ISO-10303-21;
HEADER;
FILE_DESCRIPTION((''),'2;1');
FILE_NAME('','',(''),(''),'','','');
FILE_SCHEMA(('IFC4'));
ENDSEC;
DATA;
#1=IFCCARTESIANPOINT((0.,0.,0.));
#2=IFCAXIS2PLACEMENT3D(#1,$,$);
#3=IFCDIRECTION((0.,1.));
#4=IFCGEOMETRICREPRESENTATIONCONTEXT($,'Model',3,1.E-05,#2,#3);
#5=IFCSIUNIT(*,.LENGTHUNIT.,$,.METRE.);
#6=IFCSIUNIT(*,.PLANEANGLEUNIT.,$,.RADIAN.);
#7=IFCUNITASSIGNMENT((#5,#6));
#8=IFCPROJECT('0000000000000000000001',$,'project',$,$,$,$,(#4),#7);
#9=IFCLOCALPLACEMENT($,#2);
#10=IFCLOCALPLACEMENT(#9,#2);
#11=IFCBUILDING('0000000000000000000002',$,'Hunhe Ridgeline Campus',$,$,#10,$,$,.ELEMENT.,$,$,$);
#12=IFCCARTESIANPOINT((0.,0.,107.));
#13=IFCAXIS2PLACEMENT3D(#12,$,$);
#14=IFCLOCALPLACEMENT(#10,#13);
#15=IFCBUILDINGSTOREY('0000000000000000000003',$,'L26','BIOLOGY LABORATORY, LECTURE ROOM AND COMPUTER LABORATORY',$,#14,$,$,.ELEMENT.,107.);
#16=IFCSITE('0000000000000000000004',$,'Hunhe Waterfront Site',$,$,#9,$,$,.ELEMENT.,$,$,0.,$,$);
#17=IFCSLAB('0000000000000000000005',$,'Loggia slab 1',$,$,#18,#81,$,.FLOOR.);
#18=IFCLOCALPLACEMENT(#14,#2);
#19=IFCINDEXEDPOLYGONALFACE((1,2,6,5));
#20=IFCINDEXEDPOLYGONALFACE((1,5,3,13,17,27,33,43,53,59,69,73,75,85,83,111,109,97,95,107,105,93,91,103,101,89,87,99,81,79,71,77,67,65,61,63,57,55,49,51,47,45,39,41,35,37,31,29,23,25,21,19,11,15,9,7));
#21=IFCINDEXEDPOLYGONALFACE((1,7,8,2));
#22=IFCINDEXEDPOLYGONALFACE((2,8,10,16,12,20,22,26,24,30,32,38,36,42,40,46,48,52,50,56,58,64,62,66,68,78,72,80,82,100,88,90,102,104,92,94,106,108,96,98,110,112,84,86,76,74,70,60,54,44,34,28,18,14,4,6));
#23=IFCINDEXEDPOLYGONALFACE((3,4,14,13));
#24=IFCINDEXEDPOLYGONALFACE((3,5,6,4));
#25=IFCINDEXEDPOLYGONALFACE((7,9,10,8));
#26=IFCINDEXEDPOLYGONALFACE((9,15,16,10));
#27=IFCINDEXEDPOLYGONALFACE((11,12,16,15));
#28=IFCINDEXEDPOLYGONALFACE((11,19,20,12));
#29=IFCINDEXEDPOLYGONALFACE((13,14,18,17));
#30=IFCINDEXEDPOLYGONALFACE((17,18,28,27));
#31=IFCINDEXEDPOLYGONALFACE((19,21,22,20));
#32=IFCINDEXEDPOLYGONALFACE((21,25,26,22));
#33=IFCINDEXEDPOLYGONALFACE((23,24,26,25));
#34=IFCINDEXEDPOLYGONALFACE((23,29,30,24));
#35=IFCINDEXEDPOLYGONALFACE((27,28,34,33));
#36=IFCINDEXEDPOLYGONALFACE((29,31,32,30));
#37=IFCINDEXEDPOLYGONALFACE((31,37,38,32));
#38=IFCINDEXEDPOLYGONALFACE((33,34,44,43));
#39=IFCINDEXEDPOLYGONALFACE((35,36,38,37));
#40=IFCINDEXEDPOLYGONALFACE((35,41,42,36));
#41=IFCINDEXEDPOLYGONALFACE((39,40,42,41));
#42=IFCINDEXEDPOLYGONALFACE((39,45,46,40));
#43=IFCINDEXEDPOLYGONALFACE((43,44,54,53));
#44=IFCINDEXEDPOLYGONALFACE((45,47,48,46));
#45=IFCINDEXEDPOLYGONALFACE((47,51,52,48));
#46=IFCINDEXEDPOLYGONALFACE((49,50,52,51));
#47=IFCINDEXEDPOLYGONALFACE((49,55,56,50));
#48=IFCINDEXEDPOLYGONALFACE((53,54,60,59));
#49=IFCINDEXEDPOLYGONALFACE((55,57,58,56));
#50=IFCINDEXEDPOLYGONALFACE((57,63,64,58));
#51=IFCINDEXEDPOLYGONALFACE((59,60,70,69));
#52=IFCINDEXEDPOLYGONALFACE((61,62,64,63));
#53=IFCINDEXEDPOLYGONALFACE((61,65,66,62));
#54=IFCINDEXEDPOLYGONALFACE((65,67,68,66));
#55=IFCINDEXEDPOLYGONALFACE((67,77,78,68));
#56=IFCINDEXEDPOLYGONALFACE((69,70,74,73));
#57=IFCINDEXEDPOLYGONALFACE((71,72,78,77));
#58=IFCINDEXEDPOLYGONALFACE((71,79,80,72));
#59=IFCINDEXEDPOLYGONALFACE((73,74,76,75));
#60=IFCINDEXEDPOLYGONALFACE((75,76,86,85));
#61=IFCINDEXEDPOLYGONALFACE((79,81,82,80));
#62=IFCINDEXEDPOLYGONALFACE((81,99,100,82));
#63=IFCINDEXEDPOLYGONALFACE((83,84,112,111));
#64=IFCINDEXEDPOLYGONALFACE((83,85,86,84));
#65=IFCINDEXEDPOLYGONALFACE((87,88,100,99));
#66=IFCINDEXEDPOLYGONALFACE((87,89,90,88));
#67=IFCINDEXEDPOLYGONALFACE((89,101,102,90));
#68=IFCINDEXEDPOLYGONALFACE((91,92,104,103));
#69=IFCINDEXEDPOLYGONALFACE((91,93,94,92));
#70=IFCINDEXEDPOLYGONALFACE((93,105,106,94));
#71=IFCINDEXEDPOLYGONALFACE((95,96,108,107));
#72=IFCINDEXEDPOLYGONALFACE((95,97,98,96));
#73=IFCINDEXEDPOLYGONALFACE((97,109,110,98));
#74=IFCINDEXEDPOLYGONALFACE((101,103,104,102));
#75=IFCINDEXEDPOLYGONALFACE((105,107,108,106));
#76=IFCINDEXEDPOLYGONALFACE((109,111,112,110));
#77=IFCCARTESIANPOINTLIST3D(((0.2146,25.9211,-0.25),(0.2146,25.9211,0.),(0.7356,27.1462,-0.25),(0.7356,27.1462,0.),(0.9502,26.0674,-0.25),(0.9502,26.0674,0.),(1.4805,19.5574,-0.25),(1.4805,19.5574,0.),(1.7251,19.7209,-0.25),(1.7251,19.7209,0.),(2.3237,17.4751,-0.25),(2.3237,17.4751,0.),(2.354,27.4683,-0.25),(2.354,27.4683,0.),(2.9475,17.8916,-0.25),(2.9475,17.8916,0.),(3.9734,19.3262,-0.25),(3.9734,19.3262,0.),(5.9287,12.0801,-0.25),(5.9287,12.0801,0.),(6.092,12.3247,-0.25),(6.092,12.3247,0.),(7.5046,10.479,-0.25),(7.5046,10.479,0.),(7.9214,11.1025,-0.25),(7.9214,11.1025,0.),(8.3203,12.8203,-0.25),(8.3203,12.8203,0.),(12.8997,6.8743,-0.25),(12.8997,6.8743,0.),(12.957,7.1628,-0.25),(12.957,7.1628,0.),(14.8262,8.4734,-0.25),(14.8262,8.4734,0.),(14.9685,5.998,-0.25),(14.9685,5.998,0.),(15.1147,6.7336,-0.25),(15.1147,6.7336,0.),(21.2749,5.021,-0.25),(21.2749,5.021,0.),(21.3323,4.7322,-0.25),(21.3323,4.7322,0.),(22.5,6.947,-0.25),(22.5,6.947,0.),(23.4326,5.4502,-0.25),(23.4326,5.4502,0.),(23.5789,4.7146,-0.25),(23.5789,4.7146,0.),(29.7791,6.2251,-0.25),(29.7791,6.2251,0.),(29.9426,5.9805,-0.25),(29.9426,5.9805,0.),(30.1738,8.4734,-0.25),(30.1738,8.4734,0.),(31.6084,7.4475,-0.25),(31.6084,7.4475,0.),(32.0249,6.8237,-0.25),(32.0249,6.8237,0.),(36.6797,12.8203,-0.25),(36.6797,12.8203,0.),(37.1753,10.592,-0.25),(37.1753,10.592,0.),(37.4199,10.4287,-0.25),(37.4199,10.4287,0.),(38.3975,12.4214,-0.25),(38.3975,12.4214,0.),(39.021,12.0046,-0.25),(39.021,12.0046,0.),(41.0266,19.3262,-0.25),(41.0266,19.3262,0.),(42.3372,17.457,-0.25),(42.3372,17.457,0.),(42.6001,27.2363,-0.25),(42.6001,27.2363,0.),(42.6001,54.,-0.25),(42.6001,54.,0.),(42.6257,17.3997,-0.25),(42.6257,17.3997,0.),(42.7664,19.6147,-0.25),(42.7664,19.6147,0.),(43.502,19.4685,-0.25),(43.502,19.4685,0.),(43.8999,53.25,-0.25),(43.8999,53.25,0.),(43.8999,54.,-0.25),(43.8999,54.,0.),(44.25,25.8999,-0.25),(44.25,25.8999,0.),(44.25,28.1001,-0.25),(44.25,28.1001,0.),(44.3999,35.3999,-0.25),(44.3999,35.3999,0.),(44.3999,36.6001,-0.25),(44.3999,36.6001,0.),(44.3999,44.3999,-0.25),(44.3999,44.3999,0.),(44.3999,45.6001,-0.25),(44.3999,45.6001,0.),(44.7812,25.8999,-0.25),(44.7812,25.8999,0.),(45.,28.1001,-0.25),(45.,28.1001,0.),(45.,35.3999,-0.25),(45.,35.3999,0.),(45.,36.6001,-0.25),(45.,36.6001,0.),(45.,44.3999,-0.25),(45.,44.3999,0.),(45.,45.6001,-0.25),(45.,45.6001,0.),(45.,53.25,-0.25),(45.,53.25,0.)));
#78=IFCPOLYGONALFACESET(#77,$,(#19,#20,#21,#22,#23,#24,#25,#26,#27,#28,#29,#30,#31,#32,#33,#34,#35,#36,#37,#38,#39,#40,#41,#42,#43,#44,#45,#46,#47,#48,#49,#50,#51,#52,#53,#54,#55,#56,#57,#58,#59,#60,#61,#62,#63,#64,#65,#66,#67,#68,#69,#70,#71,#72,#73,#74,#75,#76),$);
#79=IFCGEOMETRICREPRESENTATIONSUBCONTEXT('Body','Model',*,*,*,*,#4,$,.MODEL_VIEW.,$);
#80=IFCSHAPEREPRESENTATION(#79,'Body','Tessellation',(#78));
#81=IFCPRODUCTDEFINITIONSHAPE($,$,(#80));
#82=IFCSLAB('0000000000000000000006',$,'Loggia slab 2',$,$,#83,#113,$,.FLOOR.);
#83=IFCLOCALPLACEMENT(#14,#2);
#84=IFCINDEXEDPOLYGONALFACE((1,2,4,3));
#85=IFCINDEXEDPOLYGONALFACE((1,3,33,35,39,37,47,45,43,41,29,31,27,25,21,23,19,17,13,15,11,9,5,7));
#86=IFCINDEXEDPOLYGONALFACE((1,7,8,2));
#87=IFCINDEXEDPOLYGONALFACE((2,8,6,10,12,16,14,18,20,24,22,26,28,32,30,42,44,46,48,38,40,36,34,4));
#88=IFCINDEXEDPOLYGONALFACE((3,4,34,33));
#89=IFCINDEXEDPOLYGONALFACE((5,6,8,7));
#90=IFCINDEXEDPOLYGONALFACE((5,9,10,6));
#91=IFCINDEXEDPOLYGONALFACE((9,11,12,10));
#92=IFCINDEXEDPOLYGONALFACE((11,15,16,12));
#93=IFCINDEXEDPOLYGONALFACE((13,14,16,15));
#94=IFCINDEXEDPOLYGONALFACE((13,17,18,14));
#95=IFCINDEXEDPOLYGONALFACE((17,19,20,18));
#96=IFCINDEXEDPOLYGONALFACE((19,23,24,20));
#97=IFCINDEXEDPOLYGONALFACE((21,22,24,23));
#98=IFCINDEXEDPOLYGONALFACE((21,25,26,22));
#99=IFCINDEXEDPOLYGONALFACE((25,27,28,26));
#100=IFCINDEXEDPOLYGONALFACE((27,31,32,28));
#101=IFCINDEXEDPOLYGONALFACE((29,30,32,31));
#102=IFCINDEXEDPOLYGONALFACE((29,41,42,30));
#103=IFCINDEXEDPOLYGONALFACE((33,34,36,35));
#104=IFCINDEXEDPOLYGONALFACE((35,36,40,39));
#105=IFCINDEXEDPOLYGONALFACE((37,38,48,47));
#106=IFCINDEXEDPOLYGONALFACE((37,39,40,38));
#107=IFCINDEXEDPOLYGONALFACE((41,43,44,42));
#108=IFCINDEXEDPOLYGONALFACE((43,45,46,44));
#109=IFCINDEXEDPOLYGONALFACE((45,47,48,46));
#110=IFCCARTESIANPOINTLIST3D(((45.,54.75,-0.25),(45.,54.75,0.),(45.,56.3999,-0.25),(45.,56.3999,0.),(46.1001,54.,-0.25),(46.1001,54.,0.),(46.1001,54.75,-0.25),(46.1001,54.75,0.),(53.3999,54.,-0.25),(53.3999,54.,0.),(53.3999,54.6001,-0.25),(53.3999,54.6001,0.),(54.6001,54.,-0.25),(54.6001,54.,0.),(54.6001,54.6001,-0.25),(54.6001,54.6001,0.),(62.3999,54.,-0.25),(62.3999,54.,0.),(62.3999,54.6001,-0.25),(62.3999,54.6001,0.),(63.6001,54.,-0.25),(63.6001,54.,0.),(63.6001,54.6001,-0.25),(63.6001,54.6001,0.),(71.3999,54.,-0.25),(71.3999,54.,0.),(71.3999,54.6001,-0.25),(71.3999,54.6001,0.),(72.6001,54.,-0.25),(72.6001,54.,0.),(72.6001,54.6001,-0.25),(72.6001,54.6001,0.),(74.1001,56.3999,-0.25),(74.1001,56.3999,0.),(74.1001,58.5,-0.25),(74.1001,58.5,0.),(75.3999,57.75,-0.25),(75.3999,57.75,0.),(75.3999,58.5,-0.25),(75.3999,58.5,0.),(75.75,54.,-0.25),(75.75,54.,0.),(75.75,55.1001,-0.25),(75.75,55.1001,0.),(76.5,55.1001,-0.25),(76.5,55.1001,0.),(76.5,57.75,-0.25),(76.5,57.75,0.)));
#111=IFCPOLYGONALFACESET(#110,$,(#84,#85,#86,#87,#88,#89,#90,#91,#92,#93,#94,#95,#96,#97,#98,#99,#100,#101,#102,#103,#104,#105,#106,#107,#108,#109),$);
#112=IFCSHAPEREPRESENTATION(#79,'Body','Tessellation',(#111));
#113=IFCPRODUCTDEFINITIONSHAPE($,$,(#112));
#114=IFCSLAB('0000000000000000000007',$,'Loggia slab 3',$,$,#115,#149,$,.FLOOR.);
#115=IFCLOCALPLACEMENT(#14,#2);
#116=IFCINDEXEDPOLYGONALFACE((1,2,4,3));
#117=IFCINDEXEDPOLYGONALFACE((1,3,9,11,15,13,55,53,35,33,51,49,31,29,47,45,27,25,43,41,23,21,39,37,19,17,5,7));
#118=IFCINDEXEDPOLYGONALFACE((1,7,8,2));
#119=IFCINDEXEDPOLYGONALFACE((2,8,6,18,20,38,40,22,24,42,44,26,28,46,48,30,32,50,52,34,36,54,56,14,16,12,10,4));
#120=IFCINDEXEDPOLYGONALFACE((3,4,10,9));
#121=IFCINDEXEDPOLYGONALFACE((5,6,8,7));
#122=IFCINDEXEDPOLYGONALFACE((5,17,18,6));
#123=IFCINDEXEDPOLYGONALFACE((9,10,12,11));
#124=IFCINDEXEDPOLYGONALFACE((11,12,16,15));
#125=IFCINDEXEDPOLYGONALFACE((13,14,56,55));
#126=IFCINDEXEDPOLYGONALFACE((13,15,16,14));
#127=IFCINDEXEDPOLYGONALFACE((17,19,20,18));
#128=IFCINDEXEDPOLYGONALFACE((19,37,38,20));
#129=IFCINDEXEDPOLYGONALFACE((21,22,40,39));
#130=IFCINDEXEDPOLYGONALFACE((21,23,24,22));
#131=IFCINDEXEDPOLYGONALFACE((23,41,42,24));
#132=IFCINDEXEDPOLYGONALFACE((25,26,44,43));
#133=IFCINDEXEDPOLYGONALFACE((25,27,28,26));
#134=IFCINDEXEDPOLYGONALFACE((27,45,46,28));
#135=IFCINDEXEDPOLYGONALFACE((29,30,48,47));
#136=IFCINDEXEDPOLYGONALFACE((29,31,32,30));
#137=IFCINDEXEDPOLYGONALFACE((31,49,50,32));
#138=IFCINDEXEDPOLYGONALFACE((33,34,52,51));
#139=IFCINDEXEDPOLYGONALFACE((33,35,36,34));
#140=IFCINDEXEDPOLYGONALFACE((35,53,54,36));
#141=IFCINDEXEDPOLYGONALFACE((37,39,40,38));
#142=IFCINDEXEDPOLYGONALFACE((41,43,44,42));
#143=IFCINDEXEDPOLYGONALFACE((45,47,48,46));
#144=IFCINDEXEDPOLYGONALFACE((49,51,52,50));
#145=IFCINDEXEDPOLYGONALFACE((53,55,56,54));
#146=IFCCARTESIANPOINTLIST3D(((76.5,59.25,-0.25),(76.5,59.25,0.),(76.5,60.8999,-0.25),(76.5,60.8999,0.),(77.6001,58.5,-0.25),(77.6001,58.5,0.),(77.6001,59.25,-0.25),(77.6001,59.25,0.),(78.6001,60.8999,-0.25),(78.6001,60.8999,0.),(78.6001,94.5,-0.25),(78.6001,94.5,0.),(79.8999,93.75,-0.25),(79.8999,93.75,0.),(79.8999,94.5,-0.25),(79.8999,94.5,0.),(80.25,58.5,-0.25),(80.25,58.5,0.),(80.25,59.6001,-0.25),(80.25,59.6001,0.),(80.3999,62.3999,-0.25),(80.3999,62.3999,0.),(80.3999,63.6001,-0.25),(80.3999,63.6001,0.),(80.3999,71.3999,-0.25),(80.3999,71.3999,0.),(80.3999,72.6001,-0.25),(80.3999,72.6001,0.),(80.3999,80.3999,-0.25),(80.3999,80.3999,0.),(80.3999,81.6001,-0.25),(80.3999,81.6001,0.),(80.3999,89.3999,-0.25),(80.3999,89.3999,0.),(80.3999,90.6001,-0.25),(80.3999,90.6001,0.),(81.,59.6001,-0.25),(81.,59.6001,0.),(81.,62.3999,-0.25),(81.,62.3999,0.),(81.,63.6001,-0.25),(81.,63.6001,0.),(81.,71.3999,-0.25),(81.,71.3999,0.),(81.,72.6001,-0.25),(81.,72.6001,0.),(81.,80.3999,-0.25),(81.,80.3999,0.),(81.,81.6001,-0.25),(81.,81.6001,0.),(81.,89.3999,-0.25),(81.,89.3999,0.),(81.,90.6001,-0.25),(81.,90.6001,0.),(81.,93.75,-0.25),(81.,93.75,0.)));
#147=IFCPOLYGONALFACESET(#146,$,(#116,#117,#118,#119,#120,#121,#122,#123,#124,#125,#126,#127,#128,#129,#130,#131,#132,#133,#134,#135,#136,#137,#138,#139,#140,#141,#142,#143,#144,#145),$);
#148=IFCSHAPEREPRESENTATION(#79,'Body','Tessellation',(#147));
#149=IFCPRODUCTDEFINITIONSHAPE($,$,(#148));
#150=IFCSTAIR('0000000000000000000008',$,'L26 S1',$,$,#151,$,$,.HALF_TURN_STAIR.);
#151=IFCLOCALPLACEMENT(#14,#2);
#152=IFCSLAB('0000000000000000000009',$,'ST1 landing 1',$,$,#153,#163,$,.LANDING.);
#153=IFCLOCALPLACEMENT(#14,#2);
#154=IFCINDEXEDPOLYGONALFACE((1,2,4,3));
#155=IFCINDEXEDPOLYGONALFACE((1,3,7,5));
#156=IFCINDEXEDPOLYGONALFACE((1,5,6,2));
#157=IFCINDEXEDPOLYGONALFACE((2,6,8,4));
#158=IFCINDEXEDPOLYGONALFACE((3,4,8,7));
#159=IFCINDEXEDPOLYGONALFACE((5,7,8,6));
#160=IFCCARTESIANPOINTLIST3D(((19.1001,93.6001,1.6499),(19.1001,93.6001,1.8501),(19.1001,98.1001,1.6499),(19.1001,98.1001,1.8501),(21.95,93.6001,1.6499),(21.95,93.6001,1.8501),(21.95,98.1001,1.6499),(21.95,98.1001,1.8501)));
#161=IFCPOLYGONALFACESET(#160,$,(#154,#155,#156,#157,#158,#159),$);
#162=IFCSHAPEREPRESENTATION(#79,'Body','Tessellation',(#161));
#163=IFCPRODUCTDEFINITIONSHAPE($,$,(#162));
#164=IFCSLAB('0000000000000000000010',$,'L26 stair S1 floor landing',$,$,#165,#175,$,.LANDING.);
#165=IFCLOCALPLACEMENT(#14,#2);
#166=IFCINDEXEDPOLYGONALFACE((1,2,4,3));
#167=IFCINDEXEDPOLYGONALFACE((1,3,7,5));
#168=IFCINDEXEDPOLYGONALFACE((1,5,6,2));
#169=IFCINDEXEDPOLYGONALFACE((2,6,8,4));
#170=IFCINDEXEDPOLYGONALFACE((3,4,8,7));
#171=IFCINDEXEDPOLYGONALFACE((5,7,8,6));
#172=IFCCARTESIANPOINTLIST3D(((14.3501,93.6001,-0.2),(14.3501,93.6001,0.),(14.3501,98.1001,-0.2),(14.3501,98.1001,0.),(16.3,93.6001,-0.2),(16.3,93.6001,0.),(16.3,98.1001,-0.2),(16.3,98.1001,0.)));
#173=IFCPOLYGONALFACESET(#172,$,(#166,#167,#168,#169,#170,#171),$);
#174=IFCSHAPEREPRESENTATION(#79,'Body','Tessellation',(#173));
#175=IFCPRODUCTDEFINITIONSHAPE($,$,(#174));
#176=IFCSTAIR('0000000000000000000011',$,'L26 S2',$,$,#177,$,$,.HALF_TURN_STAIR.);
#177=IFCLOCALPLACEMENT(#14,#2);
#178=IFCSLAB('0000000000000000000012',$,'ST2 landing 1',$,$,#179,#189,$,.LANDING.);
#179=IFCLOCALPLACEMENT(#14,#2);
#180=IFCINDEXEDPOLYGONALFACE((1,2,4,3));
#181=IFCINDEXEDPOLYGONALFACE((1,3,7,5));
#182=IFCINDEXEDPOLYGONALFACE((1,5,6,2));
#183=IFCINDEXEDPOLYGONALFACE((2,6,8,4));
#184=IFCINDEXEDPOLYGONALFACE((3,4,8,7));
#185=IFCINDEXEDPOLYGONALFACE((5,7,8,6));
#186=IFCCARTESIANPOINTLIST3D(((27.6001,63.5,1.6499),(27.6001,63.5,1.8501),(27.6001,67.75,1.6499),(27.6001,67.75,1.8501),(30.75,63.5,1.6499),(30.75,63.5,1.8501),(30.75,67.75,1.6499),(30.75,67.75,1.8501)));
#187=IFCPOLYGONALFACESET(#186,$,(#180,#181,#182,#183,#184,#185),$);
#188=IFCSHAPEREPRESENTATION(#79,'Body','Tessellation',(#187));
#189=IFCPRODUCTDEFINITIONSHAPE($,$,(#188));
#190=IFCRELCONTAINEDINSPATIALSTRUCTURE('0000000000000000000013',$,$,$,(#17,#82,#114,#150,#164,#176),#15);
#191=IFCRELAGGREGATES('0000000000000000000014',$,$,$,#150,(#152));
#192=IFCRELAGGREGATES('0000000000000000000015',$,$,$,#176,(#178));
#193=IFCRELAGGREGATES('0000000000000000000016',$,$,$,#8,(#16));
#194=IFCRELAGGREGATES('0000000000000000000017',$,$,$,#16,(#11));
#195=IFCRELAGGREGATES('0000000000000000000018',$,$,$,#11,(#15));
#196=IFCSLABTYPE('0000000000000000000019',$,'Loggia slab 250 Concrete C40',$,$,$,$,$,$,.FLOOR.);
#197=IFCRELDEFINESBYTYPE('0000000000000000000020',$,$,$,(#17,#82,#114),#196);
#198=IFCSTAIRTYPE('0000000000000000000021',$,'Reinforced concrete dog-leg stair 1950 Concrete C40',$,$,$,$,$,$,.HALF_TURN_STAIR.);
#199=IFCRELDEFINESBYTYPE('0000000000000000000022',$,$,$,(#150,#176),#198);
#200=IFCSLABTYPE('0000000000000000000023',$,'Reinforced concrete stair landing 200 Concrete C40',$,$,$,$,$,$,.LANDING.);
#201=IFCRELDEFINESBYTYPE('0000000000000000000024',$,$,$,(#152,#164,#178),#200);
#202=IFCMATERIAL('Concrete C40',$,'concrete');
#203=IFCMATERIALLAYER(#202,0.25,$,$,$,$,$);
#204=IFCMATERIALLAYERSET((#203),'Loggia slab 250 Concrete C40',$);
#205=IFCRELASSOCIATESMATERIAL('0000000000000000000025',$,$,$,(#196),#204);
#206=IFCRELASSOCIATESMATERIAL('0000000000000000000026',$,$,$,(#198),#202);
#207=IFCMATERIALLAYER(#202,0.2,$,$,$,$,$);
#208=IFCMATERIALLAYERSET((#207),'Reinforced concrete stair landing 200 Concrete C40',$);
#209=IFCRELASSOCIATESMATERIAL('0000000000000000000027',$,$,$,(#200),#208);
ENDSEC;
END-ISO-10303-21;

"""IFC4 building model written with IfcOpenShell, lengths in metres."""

from ifc_helpers import new_model, si_unit, direction, frame, origin, place, context, subcontext, project, spatial, polyline, outline, extrude, material, layer, layer_set, type_object, element, aggregate, save


model = new_model("IFC4")

# Units and contexts
model_context = context("Model", 3, precision=1e-05, world=origin(), true_north=direction((0.0, 1.0)))
body_context = subcontext(model_context, "Body", "Model", "MODEL_VIEW")
ifc_project = project(units=[si_unit("LENGTHUNIT", "METRE"), si_unit("PLANEANGLEUNIT", "RADIAN")], contexts=[model_context])

# Site, building, storey
site_placement = place(None, origin())
site = spatial("IfcSite", under=ifc_project, at=site_placement, Name="Hunhe Waterfront Site", CompositionType="ELEMENT", RefElevation=0.0)
building_placement = place(site_placement, origin())
building = spatial("IfcBuilding", under=site, at=building_placement, Name="Hunhe Ridgeline Campus", CompositionType="ELEMENT")
storey_placement = place(building_placement, frame((0.0, 0.0, 107.0)))
storey = spatial("IfcBuildingStorey", under=building, at=storey_placement, Name="L26", Description="BIOLOGY LABORATORY, LECTURE ROOM AND COMPUTER LABORATORY", CompositionType="ELEMENT", Elevation=107.0)

# Slabs
ifc_material_1 = material(Name="Concrete C40", Category="concrete")
ifc_layer_1 = layer(ifc_material_1, 0.25)
ifc_layer_set_1 = layer_set([ifc_layer_1], Name="Loggia slab 250 Concrete C40")
slab_type_1 = type_object("IfcSlabType", Name="Loggia slab 250 Concrete C40", PredefinedType="FLOOR", material=ifc_layer_set_1)
slab_1_placement = place(storey_placement, frame((0.0, 0.0, -0.25)))
element("IfcSlab", 1, at=slab_1_placement, inside=storey, type_object=slab_type_1, Name="Loggia slab 1", PredefinedType="FLOOR", context=body_context, shape_type="SweptSolid", body=[
    extrude(outline(polyline([(30.1738, 8.4734), (22.5, 6.947), (14.8262, 8.4734), (8.3203, 12.8203), (3.9734, 19.3262), (2.354, 27.4683), (0.7356, 27.1462), (0.9502, 26.0674), (0.2146, 25.9211), (1.4805, 19.5574), (1.7251, 19.7209), (2.9475, 17.8916), (2.3237, 17.4751), (5.9287, 12.0801), (6.092, 12.3247), (7.9214, 11.1025), (7.5046, 10.479), (12.8997, 6.8743), (12.957, 7.1628), (15.1147, 6.7336), (14.9685, 5.998), (21.3323, 4.7322), (21.2749, 5.021), (23.4326, 5.4502), (23.5789, 4.7146), (29.9426, 5.9805), (29.7791, 6.2251), (31.6084, 7.4475), (32.0249, 6.8237), (37.4199, 10.4287), (37.1753, 10.592), (38.3975, 12.4214), (39.021, 12.0046), (42.6257, 17.3997), (42.3372, 17.457), (42.7664, 19.6147), (43.502, 19.4685), (44.7812, 25.8999), (44.25, 25.8999), (44.25, 28.1001), (45.0, 28.1001), (45.0, 35.3999), (44.3999, 35.3999), (44.3999, 36.6001), (45.0, 36.6001), (45.0, 44.3999), (44.3999, 44.3999), (44.3999, 45.6001), (45.0, 45.6001), (45.0, 53.25), (43.8999, 53.25), (43.8999, 54.0), (42.6001, 54.0), (42.6001, 27.2363), (41.0266, 19.3262), (36.6797, 12.8203), (30.1738, 8.4734)])), origin(), (0.0, 0.0, 1.0), 0.25),
])
slab_2_placement = place(storey_placement, frame((0.0, 0.0, -0.25)))
element("IfcSlab", 2, at=slab_2_placement, inside=storey, type_object=slab_type_1, Name="Loggia slab 2", PredefinedType="FLOOR", context=body_context, shape_type="SweptSolid", body=[
    extrude(outline(polyline([(45.0, 54.75), (46.1001, 54.75), (46.1001, 54.0), (53.3999, 54.0), (53.3999, 54.6001), (54.6001, 54.6001), (54.6001, 54.0), (62.3999, 54.0), (62.3999, 54.6001), (63.6001, 54.6001), (63.6001, 54.0), (71.3999, 54.0), (71.3999, 54.6001), (72.6001, 54.6001), (72.6001, 54.0), (75.75, 54.0), (75.75, 55.1001), (76.5, 55.1001), (76.5, 57.75), (75.3999, 57.75), (75.3999, 58.5), (74.1001, 58.5), (74.1001, 56.3999), (45.0, 56.3999), (45.0, 54.75)])), origin(), (0.0, 0.0, 1.0), 0.25),
])
slab_3_placement = place(storey_placement, frame((0.0, 0.0, -0.25)))
element("IfcSlab", 3, at=slab_3_placement, inside=storey, type_object=slab_type_1, Name="Loggia slab 3", PredefinedType="FLOOR", context=body_context, shape_type="SweptSolid", body=[
    extrude(outline(polyline([(76.5, 59.25), (77.6001, 59.25), (77.6001, 58.5), (80.25, 58.5), (80.25, 59.6001), (81.0, 59.6001), (81.0, 62.3999), (80.3999, 62.3999), (80.3999, 63.6001), (81.0, 63.6001), (81.0, 71.3999), (80.3999, 71.3999), (80.3999, 72.6001), (81.0, 72.6001), (81.0, 80.3999), (80.3999, 80.3999), (80.3999, 81.6001), (81.0, 81.6001), (81.0, 89.3999), (80.3999, 89.3999), (80.3999, 90.6001), (81.0, 90.6001), (81.0, 93.75), (79.8999, 93.75), (79.8999, 94.5), (78.6001, 94.5), (78.6001, 60.8999), (76.5, 60.8999), (76.5, 59.25)])), origin(), (0.0, 0.0, 1.0), 0.25),
])

# Stair, slab
stair_type = type_object("IfcStairType", Name="Reinforced concrete dog-leg stair 1950 Concrete C40", PredefinedType="HALF_TURN_STAIR", material=ifc_material_1)
stair_1_placement = place(storey_placement, origin())
stair_1 = element("IfcStair", 4, at=stair_1_placement, inside=storey, type_object=stair_type, Name="L26 S1", PredefinedType="HALF_TURN_STAIR")
ifc_layer_2 = layer(ifc_material_1, 0.2)
ifc_layer_set_2 = layer_set([ifc_layer_2], Name="Reinforced concrete stair landing 200 Concrete C40")
slab_type_2 = type_object("IfcSlabType", Name="Reinforced concrete stair landing 200 Concrete C40", PredefinedType="LANDING", material=ifc_layer_set_2)
slab_4_placement = place(storey_placement, frame((0.0, 0.0, 1.6499)))
slab_4 = element("IfcSlab", 5, at=slab_4_placement, type_object=slab_type_2, Name="ST1 landing 1", PredefinedType="LANDING", context=body_context, shape_type="SweptSolid", body=[
    extrude(outline(polyline([(19.1001, 93.6001), (21.95, 93.6001), (21.95, 98.1001), (19.1001, 98.1001), (19.1001, 93.6001)])), origin(), (0.0, 0.0, 1.0), 0.2002),
])
aggregate(stair_1, [slab_4])

# Slab
slab_5_placement = place(storey_placement, frame((0.0, 0.0, -0.2)))
element("IfcSlab", 6, at=slab_5_placement, inside=storey, type_object=slab_type_2, Name="L26 stair S1 floor landing", PredefinedType="LANDING", context=body_context, shape_type="SweptSolid", body=[
    extrude(outline(polyline([(14.3501, 93.6001), (16.3, 93.6001), (16.3, 98.1001), (14.3501, 98.1001), (14.3501, 93.6001)])), origin(), (0.0, 0.0, 1.0), 0.2),
])

# Stair, slab
stair_2_placement = place(storey_placement, origin())
stair_2 = element("IfcStair", 7, at=stair_2_placement, inside=storey, type_object=stair_type, Name="L26 S2", PredefinedType="HALF_TURN_STAIR")
slab_6_placement = place(storey_placement, frame((0.0, 0.0, 1.6499)))
slab_6 = element("IfcSlab", 8, at=slab_6_placement, type_object=slab_type_2, Name="ST2 landing 1", PredefinedType="LANDING", context=body_context, shape_type="SweptSolid", body=[
    extrude(outline(polyline([(30.75, 67.75), (27.6001, 67.75), (27.6001, 63.5), (30.75, 63.5), (30.75, 67.75)])), origin(), (0.0, 0.0, 1.0), 0.2002),
])
aggregate(stair_2, [slab_6])

save(model, "model.ifc")
